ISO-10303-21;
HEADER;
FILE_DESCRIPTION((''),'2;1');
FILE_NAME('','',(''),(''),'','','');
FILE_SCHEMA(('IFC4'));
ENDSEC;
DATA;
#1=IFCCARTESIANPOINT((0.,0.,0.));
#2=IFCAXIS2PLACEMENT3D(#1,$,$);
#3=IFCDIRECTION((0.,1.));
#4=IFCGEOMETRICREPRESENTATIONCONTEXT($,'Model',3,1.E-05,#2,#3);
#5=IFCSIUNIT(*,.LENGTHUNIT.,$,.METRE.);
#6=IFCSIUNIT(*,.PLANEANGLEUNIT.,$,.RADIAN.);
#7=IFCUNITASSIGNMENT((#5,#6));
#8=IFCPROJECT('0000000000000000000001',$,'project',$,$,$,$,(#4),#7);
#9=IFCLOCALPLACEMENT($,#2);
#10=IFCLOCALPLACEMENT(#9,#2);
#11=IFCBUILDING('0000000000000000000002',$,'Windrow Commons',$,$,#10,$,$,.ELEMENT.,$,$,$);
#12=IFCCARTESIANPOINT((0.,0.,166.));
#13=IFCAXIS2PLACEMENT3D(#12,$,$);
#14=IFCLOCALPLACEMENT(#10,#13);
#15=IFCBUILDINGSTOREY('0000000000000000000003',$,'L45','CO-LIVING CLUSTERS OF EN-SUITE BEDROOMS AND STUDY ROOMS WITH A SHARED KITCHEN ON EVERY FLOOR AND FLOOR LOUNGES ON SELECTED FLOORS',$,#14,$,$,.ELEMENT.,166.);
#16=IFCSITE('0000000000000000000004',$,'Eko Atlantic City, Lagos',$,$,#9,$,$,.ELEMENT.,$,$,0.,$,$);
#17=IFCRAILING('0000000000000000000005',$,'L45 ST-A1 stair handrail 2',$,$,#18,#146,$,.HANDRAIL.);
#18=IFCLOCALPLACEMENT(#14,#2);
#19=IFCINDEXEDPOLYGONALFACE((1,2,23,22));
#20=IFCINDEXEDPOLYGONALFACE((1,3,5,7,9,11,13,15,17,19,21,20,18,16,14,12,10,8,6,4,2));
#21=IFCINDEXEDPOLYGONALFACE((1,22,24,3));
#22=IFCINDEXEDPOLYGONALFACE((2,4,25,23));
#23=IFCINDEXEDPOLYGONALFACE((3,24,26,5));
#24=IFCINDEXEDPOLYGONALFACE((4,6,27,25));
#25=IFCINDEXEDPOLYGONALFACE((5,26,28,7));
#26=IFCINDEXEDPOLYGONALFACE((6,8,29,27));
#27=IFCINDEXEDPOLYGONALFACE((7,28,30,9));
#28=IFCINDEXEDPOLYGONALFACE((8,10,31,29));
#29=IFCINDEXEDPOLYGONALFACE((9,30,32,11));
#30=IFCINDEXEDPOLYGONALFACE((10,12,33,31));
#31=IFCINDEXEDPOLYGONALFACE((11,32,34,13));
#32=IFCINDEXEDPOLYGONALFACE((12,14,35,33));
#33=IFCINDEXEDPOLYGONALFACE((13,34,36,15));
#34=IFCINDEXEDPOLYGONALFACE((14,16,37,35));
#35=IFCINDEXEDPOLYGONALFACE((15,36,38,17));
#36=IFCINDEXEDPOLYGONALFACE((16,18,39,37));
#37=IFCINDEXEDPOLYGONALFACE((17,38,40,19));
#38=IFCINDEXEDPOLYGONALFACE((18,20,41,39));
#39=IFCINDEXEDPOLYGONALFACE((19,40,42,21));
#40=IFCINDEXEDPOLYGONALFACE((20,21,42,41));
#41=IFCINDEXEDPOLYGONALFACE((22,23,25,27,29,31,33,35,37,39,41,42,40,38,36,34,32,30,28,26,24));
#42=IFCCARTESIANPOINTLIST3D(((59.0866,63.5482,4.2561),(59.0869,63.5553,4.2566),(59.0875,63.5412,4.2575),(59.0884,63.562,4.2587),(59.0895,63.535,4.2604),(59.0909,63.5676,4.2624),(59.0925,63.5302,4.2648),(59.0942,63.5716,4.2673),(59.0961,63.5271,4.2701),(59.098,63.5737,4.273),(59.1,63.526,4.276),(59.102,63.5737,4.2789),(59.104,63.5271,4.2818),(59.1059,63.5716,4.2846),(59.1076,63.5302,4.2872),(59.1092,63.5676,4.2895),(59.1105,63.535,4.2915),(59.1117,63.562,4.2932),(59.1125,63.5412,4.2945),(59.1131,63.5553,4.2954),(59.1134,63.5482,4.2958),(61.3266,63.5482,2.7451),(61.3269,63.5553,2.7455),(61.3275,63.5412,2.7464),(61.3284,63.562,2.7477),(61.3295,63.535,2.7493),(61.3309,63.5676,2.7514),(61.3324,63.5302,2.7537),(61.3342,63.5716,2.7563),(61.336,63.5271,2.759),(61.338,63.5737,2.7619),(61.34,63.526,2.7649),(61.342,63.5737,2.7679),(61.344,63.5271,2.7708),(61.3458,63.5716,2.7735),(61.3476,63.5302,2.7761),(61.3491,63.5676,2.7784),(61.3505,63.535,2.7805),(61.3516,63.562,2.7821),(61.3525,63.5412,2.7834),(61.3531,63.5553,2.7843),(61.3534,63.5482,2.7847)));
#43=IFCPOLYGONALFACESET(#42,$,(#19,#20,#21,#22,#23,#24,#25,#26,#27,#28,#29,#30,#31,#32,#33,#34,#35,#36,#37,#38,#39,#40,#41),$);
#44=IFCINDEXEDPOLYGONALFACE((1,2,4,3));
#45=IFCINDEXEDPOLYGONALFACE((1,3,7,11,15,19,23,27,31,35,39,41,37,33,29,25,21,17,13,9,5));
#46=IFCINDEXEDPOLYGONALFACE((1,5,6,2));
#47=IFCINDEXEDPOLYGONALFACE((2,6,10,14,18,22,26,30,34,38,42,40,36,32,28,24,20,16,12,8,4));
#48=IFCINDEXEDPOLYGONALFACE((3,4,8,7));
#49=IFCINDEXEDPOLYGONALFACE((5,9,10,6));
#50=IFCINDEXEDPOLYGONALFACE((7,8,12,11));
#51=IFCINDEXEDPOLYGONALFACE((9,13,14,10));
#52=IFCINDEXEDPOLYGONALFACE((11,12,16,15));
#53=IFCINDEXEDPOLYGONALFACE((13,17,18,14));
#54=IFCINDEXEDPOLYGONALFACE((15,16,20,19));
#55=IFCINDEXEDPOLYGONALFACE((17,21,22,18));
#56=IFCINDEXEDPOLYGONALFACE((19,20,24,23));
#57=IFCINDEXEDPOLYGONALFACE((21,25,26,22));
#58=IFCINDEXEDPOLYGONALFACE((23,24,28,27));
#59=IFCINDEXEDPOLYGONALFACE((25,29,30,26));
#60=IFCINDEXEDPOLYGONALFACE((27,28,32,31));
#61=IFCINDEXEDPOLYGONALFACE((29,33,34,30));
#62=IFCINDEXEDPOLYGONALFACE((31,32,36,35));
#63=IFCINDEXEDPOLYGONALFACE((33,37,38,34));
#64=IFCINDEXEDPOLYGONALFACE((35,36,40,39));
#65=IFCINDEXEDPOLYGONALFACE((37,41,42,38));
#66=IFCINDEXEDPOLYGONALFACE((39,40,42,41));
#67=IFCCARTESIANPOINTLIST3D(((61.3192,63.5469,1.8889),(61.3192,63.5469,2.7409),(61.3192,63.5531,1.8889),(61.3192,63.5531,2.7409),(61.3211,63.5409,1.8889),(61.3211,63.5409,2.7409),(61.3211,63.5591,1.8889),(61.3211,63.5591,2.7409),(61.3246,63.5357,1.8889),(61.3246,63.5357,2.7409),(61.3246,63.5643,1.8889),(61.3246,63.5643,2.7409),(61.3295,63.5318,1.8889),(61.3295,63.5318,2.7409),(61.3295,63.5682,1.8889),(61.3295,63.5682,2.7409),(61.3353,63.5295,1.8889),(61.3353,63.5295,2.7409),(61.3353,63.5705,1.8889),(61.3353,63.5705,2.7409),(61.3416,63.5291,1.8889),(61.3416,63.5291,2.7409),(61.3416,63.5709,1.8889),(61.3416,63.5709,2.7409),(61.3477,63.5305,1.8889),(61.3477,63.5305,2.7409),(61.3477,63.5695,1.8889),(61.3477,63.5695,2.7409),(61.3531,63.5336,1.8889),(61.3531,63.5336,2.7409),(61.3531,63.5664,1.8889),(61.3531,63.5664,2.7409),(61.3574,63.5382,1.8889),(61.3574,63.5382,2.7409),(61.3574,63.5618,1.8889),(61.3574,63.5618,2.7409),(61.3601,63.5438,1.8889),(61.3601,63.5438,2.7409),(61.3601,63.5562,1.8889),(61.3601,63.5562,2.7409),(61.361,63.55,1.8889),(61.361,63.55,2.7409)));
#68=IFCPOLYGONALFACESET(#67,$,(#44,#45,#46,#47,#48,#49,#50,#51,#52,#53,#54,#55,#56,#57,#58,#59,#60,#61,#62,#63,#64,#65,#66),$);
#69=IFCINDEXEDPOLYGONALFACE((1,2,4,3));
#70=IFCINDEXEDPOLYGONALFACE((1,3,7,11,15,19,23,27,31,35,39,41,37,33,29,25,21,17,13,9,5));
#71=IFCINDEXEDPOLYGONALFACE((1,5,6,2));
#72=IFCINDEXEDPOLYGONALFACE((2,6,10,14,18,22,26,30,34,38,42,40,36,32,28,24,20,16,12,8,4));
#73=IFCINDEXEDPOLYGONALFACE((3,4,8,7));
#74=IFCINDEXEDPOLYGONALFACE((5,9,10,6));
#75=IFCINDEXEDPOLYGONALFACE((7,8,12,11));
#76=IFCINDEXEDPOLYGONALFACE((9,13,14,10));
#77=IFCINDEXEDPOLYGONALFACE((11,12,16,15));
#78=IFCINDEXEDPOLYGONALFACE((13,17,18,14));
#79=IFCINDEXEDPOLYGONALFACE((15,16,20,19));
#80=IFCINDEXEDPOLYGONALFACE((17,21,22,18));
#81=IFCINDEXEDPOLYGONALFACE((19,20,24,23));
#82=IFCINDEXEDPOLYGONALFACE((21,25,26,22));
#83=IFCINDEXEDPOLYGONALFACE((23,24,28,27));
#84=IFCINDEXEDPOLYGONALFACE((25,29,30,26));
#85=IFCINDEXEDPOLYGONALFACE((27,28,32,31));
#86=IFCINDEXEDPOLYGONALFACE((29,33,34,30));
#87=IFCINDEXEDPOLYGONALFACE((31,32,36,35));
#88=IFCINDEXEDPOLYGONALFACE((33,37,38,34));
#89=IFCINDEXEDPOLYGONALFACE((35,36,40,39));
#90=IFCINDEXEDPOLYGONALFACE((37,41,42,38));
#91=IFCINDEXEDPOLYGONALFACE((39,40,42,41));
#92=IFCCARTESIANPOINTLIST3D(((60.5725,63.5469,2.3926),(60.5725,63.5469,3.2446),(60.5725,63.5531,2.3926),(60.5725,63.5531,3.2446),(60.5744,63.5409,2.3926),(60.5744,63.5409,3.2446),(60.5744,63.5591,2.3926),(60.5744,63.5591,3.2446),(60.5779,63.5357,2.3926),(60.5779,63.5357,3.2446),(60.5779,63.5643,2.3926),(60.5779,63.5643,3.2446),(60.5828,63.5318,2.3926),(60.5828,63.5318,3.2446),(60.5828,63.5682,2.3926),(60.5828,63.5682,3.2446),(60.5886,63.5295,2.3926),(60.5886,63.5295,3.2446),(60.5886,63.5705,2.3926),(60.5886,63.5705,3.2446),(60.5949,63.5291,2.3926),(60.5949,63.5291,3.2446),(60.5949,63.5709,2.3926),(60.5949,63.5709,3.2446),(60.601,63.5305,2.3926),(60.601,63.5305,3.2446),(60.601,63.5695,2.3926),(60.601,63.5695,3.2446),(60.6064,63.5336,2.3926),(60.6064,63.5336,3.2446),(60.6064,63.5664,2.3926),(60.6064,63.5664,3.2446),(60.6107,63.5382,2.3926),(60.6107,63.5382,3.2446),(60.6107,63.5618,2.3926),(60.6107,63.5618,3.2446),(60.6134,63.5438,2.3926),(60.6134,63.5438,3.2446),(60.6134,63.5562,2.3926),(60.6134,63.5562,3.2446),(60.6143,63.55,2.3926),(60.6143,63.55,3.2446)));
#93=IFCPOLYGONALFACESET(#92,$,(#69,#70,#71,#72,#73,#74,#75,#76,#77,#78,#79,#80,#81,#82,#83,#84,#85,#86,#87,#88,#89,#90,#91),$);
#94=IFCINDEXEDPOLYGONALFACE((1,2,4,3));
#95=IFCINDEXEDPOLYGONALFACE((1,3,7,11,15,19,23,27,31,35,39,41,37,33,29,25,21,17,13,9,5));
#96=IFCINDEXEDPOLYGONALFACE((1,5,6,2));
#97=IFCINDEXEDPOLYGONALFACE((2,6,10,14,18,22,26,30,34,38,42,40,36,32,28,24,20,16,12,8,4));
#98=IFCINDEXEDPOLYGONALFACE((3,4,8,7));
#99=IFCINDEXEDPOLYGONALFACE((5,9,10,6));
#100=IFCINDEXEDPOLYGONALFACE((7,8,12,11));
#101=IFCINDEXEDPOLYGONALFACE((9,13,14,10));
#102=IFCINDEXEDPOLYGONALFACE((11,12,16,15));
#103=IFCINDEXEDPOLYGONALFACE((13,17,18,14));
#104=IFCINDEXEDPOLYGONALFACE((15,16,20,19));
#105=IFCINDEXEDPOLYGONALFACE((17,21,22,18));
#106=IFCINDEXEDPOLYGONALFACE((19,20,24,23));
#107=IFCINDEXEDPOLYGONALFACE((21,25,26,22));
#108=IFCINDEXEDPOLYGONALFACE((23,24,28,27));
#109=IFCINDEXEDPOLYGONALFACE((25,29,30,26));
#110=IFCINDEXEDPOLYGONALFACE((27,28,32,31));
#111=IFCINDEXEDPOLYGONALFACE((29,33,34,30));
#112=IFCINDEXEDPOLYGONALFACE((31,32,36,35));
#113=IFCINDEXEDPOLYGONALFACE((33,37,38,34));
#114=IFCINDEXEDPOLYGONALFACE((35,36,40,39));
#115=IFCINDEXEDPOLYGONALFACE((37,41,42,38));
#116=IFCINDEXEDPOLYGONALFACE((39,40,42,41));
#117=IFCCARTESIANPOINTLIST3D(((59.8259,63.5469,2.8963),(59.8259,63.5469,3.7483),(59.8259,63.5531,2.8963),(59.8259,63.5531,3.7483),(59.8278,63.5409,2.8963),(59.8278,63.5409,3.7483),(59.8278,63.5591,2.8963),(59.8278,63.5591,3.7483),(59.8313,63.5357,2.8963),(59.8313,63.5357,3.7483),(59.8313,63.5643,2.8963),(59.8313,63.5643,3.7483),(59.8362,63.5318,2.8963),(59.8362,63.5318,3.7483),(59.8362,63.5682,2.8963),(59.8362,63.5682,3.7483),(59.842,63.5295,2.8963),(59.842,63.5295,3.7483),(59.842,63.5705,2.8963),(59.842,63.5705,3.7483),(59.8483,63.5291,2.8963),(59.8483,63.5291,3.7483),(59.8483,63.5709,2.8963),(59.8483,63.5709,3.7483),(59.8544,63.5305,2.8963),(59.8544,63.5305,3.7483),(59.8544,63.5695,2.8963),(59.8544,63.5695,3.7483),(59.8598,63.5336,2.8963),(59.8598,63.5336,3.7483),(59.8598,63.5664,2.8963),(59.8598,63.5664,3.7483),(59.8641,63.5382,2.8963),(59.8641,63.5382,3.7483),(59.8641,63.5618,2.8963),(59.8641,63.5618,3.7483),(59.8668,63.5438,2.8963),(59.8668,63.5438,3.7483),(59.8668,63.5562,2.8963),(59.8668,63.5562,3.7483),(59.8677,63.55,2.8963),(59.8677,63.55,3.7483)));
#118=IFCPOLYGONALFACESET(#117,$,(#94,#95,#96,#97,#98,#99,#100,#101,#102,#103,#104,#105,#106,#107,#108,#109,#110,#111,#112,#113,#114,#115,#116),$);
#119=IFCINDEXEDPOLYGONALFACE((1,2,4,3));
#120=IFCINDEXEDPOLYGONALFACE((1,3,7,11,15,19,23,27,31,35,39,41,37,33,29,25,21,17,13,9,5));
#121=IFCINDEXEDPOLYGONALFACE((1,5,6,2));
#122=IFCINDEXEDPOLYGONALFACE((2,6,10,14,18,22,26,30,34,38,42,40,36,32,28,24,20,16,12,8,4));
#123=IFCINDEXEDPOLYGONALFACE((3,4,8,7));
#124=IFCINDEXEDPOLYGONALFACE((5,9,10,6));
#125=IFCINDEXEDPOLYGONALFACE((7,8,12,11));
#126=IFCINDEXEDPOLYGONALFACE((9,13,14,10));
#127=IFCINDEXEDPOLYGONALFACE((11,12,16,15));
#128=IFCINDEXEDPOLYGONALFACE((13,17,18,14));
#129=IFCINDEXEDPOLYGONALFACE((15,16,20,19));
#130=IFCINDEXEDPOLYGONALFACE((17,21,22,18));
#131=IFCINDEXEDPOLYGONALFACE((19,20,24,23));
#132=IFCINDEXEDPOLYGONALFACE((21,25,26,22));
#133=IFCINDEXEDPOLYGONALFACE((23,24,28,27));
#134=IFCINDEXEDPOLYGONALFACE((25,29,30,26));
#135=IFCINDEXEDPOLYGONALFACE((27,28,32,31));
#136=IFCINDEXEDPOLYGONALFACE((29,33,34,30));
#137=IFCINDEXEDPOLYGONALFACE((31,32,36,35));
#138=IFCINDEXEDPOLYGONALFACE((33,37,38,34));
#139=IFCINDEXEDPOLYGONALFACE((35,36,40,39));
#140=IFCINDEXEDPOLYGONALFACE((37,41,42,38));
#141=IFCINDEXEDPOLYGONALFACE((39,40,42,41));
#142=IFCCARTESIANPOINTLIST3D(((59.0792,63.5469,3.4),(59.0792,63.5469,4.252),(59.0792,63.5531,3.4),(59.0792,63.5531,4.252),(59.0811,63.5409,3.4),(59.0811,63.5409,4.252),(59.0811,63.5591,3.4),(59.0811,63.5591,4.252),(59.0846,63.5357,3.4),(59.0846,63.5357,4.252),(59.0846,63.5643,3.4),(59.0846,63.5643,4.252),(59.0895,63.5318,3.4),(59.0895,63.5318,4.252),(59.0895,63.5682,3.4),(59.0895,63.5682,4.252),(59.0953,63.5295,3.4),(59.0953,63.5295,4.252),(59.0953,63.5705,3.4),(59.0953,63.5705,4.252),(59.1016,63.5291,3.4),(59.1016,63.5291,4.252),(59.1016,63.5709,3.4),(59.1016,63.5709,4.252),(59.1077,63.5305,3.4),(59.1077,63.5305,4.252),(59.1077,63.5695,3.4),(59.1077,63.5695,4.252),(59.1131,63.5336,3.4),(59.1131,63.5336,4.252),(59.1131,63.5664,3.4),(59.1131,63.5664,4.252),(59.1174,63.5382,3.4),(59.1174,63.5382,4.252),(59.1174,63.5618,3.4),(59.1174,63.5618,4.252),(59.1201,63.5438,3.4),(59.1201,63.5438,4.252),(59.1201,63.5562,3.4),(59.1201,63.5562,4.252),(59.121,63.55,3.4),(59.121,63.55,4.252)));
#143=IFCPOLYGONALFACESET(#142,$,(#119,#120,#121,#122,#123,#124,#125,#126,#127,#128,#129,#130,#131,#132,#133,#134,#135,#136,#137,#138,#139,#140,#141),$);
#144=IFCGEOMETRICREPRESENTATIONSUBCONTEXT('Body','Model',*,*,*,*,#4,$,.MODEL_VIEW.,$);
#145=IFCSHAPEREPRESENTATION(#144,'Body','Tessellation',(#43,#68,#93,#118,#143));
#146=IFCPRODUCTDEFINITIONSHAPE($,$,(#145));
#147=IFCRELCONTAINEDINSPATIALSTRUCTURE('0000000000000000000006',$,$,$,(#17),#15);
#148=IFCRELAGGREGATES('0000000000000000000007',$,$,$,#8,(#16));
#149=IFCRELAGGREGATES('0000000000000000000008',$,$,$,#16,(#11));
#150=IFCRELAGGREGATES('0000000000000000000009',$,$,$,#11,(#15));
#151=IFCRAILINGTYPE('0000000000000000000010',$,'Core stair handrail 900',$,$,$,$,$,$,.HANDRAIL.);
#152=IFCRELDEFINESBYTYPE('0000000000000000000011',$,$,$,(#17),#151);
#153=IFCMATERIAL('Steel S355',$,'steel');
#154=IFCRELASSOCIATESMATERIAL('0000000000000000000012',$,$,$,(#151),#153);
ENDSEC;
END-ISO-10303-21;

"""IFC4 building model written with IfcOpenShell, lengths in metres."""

from ifc_helpers import new_model, si_unit, direction, frame, origin, origin_2d, place, context, subcontext, project, spatial, circle, extrude, material, type_object, element, save


model = new_model("IFC4")

# Units and contexts
model_context = context("Model", 3, precision=1e-05, world=origin(), true_north=direction((0.0, 1.0)))
body_context = subcontext(model_context, "Body", "Model", "MODEL_VIEW")
ifc_project = project(units=[si_unit("LENGTHUNIT", "METRE"), si_unit("PLANEANGLEUNIT", "RADIAN")], contexts=[model_context])

# Site, building, storey
site_placement = place(None, origin())
site = spatial("IfcSite", under=ifc_project, at=site_placement, Name="Eko Atlantic City, Lagos", CompositionType="ELEMENT", RefElevation=0.0)
building_placement = place(site_placement, origin())
building = spatial("IfcBuilding", under=site, at=building_placement, Name="Windrow Commons", CompositionType="ELEMENT")
storey_placement = place(building_placement, frame((0.0, 0.0, 166.0)))
storey = spatial("IfcBuildingStorey", under=building, at=storey_placement, Name="L45", Description="CO-LIVING CLUSTERS OF EN-SUITE BEDROOMS AND STUDY ROOMS WITH A SHARED KITCHEN ON EVERY FLOOR AND FLOOR LOUNGES ON SELECTED FLOORS", CompositionType="ELEMENT", Elevation=166.0)

# Railing
ifc_material_1 = material(Name="Steel S355", Category="steel")
railing_type_1 = type_object("IfcRailingType", Name="Core stair handrail 900", PredefinedType="HANDRAIL", material=ifc_material_1)
railing_1_placement = place(storey_placement, frame((61.34, 63.55, 1.8889)))
element("IfcRailing", 1, at=railing_1_placement, inside=storey, type_object=railing_type_1, Name="L45 ST-A1 stair handrail 2", PredefinedType="HANDRAIL", context=body_context, shape_type="SweptSolid", body=[
    extrude(circle(Radius=0.024, at=origin_2d()), frame((0.0, 0.0, 0.876), z_axis=(-0.829003, 0.0, 0.559244), x_axis=(0.0, -1.0, 0.0)), (0.0, 0.0, 1.0), 2.702),
    extrude(circle(Radius=0.021, at=origin_2d()), origin(), (0.0, 0.0, 1.0), 0.852),
    extrude(circle(Radius=0.021, at=origin_2d()), frame((-0.7467, 0.0, 0.5037)), (0.0, 0.0, 1.0), 0.852),
    extrude(circle(Radius=0.021, at=origin_2d()), frame((-1.4933, 0.0, 1.0074)), (0.0, 0.0, 1.0), 0.852),
    extrude(circle(Radius=0.021, at=origin_2d()), frame((-2.24, 0.0, 1.5111)), (0.0, 0.0, 1.0), 0.852),
])

save(model, "model.ifc")
